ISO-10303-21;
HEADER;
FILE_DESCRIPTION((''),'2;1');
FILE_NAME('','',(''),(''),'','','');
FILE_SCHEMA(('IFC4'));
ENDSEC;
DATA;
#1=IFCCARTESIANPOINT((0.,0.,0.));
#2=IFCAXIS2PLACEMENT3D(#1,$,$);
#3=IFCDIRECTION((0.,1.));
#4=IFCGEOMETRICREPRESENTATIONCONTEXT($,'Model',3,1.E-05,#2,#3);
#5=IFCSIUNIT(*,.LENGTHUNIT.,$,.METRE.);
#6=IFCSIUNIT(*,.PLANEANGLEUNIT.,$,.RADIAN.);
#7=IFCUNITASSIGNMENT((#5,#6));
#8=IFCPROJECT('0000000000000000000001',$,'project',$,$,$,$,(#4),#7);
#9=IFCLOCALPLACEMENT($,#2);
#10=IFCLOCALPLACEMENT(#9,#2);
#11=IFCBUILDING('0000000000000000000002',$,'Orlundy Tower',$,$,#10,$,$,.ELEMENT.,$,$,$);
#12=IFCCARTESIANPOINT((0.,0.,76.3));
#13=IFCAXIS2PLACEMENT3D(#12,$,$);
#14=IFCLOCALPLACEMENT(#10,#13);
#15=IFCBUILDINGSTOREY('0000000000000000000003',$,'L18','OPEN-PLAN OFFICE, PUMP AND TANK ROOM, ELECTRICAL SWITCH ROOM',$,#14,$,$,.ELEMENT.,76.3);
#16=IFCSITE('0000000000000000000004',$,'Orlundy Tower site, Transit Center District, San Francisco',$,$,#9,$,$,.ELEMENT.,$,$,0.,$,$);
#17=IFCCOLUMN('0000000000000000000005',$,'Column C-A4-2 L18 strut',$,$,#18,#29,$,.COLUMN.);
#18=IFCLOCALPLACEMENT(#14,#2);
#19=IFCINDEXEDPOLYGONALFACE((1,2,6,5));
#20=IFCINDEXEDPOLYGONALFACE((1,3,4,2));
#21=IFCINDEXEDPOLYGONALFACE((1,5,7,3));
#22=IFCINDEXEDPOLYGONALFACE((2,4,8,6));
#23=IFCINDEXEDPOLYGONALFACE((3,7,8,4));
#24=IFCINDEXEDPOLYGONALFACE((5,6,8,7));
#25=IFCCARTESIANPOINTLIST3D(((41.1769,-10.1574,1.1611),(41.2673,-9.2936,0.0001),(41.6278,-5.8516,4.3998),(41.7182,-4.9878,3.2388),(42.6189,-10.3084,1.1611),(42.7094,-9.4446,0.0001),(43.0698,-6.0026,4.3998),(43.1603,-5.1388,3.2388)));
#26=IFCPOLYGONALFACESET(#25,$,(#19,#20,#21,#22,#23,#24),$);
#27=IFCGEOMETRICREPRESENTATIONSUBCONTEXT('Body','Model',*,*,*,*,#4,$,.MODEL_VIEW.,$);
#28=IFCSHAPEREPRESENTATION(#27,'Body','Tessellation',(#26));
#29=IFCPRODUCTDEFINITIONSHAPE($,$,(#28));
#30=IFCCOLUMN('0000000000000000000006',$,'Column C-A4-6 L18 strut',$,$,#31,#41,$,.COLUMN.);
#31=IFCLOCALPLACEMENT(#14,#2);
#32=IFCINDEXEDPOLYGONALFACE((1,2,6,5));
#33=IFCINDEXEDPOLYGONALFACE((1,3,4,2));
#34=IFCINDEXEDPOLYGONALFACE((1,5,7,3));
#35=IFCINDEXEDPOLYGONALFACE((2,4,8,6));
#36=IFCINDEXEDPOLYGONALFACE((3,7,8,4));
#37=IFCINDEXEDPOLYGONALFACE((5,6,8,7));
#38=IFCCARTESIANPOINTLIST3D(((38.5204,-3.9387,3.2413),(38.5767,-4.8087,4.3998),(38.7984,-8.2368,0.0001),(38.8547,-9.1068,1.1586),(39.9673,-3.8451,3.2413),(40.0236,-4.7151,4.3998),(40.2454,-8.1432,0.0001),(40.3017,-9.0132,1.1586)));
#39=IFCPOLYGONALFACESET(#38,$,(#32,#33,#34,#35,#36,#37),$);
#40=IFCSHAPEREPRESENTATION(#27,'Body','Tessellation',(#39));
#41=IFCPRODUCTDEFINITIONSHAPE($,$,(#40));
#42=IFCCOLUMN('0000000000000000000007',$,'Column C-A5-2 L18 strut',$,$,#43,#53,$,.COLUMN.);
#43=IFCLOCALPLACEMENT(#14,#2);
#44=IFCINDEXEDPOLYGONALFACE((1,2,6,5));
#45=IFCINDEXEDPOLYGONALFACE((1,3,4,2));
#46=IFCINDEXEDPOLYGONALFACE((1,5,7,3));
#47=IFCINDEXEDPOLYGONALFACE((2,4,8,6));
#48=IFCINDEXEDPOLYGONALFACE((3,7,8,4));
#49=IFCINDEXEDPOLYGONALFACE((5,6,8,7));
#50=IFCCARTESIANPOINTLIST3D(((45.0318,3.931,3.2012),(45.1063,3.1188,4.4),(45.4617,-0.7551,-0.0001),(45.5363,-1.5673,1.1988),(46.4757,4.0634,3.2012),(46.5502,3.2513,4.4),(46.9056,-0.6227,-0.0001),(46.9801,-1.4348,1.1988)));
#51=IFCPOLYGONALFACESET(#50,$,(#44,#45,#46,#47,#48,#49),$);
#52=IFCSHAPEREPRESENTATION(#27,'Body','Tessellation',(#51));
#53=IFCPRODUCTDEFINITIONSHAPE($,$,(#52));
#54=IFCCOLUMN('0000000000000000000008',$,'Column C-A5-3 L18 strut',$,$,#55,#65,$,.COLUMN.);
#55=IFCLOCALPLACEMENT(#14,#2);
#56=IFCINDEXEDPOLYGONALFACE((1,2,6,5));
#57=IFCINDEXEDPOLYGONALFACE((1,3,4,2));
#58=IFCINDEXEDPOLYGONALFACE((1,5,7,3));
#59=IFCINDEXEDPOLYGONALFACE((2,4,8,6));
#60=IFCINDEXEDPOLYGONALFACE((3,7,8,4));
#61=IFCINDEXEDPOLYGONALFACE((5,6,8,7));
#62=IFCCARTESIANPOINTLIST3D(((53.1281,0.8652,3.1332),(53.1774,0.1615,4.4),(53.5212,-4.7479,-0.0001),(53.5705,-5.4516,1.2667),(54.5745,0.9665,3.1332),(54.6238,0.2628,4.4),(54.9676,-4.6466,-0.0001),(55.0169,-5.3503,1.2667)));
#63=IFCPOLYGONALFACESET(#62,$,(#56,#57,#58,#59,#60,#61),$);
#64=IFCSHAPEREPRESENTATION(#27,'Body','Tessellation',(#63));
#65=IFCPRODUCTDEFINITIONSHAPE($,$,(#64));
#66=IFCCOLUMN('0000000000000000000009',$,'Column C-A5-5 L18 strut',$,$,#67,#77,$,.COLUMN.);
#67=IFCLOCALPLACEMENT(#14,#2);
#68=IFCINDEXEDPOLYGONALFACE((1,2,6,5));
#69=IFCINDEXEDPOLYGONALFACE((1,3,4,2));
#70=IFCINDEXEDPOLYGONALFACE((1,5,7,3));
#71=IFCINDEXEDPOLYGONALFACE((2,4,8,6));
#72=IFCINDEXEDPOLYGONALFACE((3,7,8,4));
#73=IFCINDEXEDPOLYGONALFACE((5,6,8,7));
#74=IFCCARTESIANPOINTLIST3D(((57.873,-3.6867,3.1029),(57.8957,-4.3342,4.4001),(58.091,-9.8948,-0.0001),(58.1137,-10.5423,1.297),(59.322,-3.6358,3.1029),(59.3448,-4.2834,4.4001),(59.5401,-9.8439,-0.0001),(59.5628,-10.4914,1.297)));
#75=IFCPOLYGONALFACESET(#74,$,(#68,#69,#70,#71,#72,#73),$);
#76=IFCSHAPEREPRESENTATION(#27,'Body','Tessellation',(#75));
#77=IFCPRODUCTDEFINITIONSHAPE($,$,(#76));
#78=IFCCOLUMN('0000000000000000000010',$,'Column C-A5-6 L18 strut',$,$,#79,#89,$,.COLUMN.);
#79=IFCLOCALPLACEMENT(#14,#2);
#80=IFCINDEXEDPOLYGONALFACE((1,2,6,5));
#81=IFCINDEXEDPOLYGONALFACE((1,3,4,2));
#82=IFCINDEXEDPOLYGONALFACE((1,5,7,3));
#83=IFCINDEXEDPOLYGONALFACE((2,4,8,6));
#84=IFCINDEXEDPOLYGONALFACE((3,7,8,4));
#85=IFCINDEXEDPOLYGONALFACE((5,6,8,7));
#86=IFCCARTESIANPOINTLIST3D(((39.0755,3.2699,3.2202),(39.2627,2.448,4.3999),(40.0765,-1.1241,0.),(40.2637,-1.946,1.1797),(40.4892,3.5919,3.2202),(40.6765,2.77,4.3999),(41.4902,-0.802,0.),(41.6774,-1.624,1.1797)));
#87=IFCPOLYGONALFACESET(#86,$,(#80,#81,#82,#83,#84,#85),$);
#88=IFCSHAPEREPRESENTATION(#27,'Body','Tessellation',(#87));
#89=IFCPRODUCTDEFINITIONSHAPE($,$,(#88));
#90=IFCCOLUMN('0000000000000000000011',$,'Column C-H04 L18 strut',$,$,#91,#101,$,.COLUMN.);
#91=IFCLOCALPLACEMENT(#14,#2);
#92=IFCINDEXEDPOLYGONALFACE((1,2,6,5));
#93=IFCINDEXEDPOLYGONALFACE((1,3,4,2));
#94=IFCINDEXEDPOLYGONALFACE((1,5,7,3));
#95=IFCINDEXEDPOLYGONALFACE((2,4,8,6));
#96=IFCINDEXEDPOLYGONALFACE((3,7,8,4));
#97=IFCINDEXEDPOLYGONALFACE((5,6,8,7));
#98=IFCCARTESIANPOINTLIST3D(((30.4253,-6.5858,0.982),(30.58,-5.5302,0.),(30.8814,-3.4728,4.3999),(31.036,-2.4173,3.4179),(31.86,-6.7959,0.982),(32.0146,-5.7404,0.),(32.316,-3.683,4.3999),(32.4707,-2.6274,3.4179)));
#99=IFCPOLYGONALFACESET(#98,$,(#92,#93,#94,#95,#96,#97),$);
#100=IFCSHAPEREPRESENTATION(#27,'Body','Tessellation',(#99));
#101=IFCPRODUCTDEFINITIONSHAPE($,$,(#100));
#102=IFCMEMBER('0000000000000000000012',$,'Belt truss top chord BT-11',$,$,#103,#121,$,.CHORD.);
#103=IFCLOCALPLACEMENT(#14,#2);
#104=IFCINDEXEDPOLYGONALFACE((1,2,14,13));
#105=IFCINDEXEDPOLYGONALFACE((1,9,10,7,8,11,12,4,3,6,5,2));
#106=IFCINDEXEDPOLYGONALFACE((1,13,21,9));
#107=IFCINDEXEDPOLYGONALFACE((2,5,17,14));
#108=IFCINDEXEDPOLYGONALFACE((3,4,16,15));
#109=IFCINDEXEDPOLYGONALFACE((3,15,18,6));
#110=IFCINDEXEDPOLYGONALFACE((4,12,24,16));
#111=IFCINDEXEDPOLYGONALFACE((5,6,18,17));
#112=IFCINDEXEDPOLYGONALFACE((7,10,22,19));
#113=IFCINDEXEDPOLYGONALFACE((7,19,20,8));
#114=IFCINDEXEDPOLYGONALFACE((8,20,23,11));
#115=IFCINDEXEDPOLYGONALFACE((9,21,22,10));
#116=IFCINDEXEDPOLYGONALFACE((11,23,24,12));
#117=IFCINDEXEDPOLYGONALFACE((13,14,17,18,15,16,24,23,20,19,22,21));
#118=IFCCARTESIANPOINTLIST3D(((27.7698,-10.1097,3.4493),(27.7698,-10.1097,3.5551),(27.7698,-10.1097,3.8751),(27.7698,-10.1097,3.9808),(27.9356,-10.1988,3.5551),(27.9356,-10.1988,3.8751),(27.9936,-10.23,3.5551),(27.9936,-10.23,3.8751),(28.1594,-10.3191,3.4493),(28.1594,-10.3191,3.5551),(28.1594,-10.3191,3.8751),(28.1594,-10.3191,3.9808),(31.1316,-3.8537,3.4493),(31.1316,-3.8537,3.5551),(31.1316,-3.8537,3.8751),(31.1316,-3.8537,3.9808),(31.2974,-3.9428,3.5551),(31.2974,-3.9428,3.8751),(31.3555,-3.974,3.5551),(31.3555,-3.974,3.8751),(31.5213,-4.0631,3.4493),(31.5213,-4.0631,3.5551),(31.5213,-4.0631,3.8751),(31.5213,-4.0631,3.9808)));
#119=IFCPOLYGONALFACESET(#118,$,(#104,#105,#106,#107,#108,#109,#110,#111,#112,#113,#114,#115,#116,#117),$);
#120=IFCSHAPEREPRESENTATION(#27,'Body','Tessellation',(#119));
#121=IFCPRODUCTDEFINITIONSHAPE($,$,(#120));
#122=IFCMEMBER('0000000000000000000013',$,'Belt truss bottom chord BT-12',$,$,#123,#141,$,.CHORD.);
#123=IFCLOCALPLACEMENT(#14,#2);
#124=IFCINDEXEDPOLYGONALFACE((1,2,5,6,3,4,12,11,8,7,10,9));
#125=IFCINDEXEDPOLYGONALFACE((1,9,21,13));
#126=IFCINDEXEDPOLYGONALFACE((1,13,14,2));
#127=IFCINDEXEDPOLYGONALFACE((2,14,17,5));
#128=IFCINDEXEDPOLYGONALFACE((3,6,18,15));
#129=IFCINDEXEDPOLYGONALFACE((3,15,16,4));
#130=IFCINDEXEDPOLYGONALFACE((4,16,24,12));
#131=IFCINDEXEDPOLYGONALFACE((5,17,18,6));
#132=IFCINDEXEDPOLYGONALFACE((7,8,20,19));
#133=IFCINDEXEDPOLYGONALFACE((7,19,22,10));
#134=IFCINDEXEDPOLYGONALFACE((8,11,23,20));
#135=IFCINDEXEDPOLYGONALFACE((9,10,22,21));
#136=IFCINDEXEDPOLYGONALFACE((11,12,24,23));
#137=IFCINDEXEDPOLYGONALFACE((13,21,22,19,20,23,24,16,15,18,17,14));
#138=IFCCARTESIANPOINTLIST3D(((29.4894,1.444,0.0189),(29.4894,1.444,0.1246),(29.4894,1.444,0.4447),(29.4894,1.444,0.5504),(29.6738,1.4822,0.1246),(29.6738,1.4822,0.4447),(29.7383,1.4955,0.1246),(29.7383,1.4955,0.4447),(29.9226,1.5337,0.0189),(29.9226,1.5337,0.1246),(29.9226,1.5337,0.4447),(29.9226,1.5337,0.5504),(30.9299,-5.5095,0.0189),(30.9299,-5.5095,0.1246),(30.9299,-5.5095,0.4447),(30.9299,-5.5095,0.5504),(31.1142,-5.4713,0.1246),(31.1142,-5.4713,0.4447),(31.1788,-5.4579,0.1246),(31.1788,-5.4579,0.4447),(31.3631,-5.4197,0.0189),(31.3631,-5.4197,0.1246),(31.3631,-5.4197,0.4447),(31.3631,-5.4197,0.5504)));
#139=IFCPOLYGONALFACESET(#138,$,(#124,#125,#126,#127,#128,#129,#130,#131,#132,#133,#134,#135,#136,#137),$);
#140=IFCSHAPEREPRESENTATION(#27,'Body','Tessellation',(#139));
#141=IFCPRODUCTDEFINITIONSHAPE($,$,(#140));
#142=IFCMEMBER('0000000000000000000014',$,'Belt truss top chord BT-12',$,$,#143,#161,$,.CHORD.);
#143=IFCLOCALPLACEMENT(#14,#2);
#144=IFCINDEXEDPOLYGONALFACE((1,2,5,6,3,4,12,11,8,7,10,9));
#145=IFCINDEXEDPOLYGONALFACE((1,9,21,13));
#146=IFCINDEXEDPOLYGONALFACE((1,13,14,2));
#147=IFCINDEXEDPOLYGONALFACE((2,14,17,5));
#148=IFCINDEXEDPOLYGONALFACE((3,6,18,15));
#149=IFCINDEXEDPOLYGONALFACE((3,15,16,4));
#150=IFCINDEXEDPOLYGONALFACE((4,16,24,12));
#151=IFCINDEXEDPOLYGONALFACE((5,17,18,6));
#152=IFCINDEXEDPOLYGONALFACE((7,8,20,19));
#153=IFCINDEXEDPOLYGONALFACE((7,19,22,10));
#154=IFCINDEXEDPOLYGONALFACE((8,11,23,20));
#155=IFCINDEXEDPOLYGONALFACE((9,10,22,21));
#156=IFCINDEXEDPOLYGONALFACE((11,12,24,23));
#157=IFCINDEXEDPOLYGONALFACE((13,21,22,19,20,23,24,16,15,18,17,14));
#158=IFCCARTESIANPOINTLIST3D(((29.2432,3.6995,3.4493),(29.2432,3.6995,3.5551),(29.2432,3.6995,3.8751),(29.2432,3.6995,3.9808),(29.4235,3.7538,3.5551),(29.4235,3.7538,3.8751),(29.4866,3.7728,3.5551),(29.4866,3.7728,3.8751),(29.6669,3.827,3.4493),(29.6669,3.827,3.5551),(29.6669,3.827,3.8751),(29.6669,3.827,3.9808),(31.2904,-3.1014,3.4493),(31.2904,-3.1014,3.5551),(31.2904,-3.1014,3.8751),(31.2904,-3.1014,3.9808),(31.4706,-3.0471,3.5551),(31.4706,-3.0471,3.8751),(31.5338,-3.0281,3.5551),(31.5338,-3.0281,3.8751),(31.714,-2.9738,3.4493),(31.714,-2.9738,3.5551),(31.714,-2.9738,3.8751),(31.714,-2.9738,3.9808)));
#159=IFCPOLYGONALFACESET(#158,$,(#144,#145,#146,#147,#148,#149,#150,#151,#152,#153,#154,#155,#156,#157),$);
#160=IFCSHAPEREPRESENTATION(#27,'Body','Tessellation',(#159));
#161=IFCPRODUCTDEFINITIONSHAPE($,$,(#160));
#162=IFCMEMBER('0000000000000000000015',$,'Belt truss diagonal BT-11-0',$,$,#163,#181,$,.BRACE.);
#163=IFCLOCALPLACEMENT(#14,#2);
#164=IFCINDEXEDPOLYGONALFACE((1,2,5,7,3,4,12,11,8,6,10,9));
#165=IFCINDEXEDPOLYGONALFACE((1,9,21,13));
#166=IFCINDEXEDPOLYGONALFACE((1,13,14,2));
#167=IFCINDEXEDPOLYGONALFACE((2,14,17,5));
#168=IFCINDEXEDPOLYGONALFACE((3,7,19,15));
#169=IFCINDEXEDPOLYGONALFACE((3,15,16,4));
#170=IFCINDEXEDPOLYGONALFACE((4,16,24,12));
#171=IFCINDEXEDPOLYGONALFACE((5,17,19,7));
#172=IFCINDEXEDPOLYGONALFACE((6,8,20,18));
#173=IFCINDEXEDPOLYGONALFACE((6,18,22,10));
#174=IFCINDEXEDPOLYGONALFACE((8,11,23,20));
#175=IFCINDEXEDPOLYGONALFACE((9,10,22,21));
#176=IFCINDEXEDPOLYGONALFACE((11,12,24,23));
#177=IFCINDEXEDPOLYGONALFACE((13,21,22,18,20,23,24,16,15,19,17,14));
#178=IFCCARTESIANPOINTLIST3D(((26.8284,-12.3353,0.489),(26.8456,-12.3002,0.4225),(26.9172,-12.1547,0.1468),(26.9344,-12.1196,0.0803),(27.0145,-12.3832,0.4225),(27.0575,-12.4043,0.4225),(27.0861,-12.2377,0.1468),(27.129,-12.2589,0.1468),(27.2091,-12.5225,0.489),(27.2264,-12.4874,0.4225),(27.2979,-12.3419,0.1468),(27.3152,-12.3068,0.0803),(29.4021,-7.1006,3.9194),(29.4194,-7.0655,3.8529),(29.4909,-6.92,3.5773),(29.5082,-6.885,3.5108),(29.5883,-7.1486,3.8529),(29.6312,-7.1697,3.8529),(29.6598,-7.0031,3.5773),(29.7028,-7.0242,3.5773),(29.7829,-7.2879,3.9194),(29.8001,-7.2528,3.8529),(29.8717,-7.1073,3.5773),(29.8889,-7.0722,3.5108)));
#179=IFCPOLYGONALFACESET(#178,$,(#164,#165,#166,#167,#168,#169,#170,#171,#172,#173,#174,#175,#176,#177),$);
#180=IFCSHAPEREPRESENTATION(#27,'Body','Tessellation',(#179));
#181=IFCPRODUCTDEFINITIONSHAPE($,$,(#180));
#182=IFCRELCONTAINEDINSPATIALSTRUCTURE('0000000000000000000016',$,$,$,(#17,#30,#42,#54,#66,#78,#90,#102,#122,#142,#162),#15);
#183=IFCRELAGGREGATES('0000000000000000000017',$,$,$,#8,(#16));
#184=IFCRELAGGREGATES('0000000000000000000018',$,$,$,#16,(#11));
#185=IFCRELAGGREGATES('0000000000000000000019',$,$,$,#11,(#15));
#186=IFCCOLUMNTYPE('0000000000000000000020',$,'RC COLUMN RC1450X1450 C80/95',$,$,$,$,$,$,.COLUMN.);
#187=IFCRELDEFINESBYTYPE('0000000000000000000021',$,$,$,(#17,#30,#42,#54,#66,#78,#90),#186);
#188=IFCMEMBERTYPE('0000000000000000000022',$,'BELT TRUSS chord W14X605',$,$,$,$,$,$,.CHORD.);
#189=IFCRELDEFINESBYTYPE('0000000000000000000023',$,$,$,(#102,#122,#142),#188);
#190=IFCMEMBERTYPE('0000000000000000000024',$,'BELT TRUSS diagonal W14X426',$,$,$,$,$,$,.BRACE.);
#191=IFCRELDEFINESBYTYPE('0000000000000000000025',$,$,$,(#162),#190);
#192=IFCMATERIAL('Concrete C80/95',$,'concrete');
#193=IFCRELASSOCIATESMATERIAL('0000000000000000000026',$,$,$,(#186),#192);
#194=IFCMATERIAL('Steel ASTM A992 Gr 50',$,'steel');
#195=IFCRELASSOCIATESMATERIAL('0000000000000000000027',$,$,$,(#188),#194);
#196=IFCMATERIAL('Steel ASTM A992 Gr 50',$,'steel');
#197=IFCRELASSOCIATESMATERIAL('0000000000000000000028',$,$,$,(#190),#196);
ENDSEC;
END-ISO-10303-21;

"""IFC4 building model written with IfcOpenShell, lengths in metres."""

from ifc_helpers import new_model, si_unit, direction, frame, origin, origin_2d, place, context, subcontext, project, spatial, rectangle, i_section, extrude, material, material_profile, profile_set, type_object, element, save


model = new_model("IFC4")

# Units and contexts
model_context = context("Model", 3, precision=1e-05, world=origin(), true_north=direction((0.0, 1.0)))
body_context = subcontext(model_context, "Body", "Model", "MODEL_VIEW")
ifc_project = project(units=[si_unit("LENGTHUNIT", "METRE"), si_unit("PLANEANGLEUNIT", "RADIAN")], contexts=[model_context])

# Site, building, storey
site_placement = place(None, origin())
site = spatial("IfcSite", under=ifc_project, at=site_placement, Name="Orlundy Tower site, Transit Center District, San Francisco", CompositionType="ELEMENT", RefElevation=0.0)
building_placement = place(site_placement, origin())
building = spatial("IfcBuilding", under=site, at=building_placement, Name="Orlundy Tower", CompositionType="ELEMENT")
storey_placement = place(building_placement, frame((0.0, 0.0, 76.3)))
storey = spatial("IfcBuildingStorey", under=building, at=storey_placement, Name="L18", Description="OPEN-PLAN OFFICE, PUMP AND TANK ROOM, ELECTRICAL SWITCH ROOM", CompositionType="ELEMENT", Elevation=76.3)

# Columns
ifc_material_1 = material(Name="Concrete C80/95", Category="concrete")
ifc_material_profile_1 = material_profile(ifc_material_1, rectangle(XDim=1.45, YDim=1.45, at=origin_2d()), Name="RC1450X1450")
ifc_profile_set_1 = profile_set([ifc_material_profile_1], Name="Concrete C80/95")
column_type = type_object("IfcColumnType", Name="RC COLUMN RC1450X1450 C80/95", PredefinedType="COLUMN", material=ifc_profile_set_1)
column_1_placement = place(storey_placement, frame((41.9431, -9.801, 0.5806), z_axis=(0.0834, 0.796383, 0.599015), x_axis=(-0.994561, 0.104153, 0.0)))
element("IfcColumn", 1, at=column_1_placement, inside=storey, type_object=column_type, Name="Column C-A4-2 L18 strut", PredefinedType="COLUMN", context=body_context, shape_type="SweptSolid", body=[
    extrude(rectangle(XDim=1.45, YDim=1.45, at=origin_2d()), origin(), (0.0, 0.0, 1.0), 5.4067),
])
column_2_placement = place(storey_placement, frame((39.55, -8.625, 0.5793), z_axis=(-0.051587, 0.797361, 0.601293), x_axis=(-0.997914, -0.064563, 0.0)))
element("IfcColumn", 2, at=column_2_placement, inside=storey, type_object=column_type, Name="Column C-A4-6 L18 strut", PredefinedType="COLUMN", context=body_context, shape_type="SweptSolid", body=[
    extrude(rectangle(XDim=1.45, YDim=1.45, at=origin_2d()), origin(), (0.0, 0.0, 1.0), 5.3904),
])
column_3_placement = place(storey_placement, frame((46.2209, -1.095, 0.5994), z_axis=(-0.075541, 0.823363, 0.562464), x_axis=(-0.995818, -0.091364, 0.0)))
element("IfcColumn", 3, at=column_3_placement, inside=storey, type_object=column_type, Name="Column C-A5-2 L18 strut", PredefinedType="COLUMN", context=body_context, shape_type="SweptSolid", body=[
    extrude(rectangle(XDim=1.45, YDim=1.45, at=origin_2d()), origin(), (0.0, 0.0, 1.0), 5.6914),
])
column_4_placement = place(storey_placement, frame((54.269, -5.0491, 0.6333), z_axis=(-0.061032, 0.871541, 0.48651), x_axis=(-0.997557, -0.069856, 0.0)))
element("IfcColumn", 4, at=column_4_placement, inside=storey, type_object=column_type, Name="Column C-A5-3 L18 strut", PredefinedType="COLUMN", context=body_context, shape_type="SweptSolid", body=[
    extrude(rectangle(XDim=1.45, YDim=1.45, at=origin_2d()), origin(), (0.0, 0.0, 1.0), 6.4404),
])
column_5_placement = place(storey_placement, frame((58.8269, -10.1931, 0.6484), z_axis=(-0.031398, 0.894042, 0.446881), x_axis=(-0.999384, -0.035097, 0.0)))
element("IfcColumn", 5, at=column_5_placement, inside=storey, type_object=column_type, Name="Column C-A5-5 L18 strut", PredefinedType="COLUMN", context=body_context, shape_type="SweptSolid", body=[
    extrude(rectangle(XDim=1.45, YDim=1.45, at=origin_2d()), origin(), (0.0, 0.0, 1.0), 6.9438),
])
column_6_placement = place(storey_placement, frame((40.877, -1.374, 0.5898), z_axis=(-0.180718, 0.793307, 0.581382), x_axis=(-0.975021, -0.222113, 0.0)))
element("IfcColumn", 6, at=column_6_placement, inside=storey, type_object=column_type, Name="Column C-A5-6 L18 strut", PredefinedType="COLUMN", context=body_context, shape_type="SweptSolid", body=[
    extrude(rectangle(XDim=1.45, YDim=1.45, at=origin_2d()), origin(), (0.0, 0.0, 1.0), 5.5388),
])
column_7_placement = place(storey_placement, frame((31.22, -6.1631, 0.491), z_axis=(0.098169, 0.670106, 0.735745), x_axis=(-0.989439, 0.144951, 0.0)))
element("IfcColumn", 7, at=column_7_placement, inside=storey, type_object=column_type, Name="Column C-H04 L18 strut", PredefinedType="COLUMN", context=body_context, shape_type="SweptSolid", body=[
    extrude(rectangle(XDim=1.45, YDim=1.45, at=origin_2d()), origin(), (0.0, 0.0, 1.0), 4.6455),
])

# Members
ifc_material_2 = material(Name="Steel ASTM A992 Gr 50", Category="steel")
ifc_material_profile_2 = material_profile(ifc_material_2, i_section(OverallWidth=0.4424, OverallDepth=0.5315, WebThickness=0.0659, FlangeThickness=0.1057, at=origin_2d()), Name="W14X605")
ifc_profile_set_2 = profile_set([ifc_material_profile_2], Name="Steel ASTM A992 Gr 50")
member_type_1 = type_object("IfcMemberType", Name="BELT TRUSS chord W14X605", PredefinedType="CHORD", material=ifc_profile_set_2)
member_1_placement = place(storey_placement, frame((27.9646, -10.2144, 3.7151), z_axis=(0.473366, 0.880866, 0.0), x_axis=(-0.880866, 0.473366, 0.0)))
element("IfcMember", 8, at=member_1_placement, inside=storey, type_object=member_type_1, Name="Belt truss top chord BT-11", PredefinedType="CHORD", context=body_context, shape_type="SweptSolid", body=[
    extrude(i_section(OverallWidth=0.4424, OverallDepth=0.5315, WebThickness=0.0659, FlangeThickness=0.1057, at=origin_2d()), origin(), (0.0, 0.0, 1.0), 7.1021),
])
member_2_placement = place(storey_placement, frame((31.1465, -5.4646, 0.2847), z_axis=(-0.202849, 0.97921, 0.0), x_axis=(-0.97921, -0.202849, 0.0)))
element("IfcMember", 9, at=member_2_placement, inside=storey, type_object=member_type_1, Name="Belt truss bottom chord BT-12", PredefinedType="CHORD", context=body_context, shape_type="SweptSolid", body=[
    extrude(i_section(OverallWidth=0.4424, OverallDepth=0.5315, WebThickness=0.0659, FlangeThickness=0.1057, at=origin_2d()), origin(), (0.0, 0.0, 1.0), 7.1011),
])
member_3_placement = place(storey_placement, frame((31.5022, -3.0376, 3.7151), z_axis=(-0.288237, 0.957559, 0.0), x_axis=(-0.957559, -0.288237, 0.0)))
element("IfcMember", 10, at=member_3_placement, inside=storey, type_object=member_type_1, Name="Belt truss top chord BT-12", PredefinedType="CHORD", context=body_context, shape_type="SweptSolid", body=[
    extrude(i_section(OverallWidth=0.4424, OverallDepth=0.5315, WebThickness=0.0659, FlangeThickness=0.1057, at=origin_2d()), origin(), (0.0, 0.0, 1.0), 7.1023),
])
ifc_material_3 = material(Name="Steel ASTM A992 Gr 50", Category="steel")
ifc_material_profile_3 = material_profile(ifc_material_3, i_section(OverallWidth=0.4243, OverallDepth=0.4741, WebThickness=0.0479, FlangeThickness=0.0771, at=origin_2d()), Name="W14X426")
ifc_profile_set_3 = profile_set([ifc_material_profile_3], Name="Steel ASTM A992 Gr 50")
member_type_2 = type_object("IfcMemberType", Name="BELT TRUSS diagonal W14X426", PredefinedType="BRACE", material=ifc_profile_set_3)
member_4_placement = place(storey_placement, frame((27.0718, -12.321, 0.2847), z_axis=(0.380332, 0.773544, 0.506929), x_axis=(-0.897396, 0.441227, 0.0)))
element("IfcMember", 11, at=member_4_placement, inside=storey, type_object=member_type_2, Name="Belt truss diagonal BT-11-0", PredefinedType="BRACE", context=body_context, shape_type="SweptSolid", body=[
    extrude(i_section(OverallWidth=0.4243, OverallDepth=0.4741, WebThickness=0.0479, FlangeThickness=0.0771, at=origin_2d()), origin(), (0.0, 0.0, 1.0), 6.7671),
])

save(model, "model.ifc")
